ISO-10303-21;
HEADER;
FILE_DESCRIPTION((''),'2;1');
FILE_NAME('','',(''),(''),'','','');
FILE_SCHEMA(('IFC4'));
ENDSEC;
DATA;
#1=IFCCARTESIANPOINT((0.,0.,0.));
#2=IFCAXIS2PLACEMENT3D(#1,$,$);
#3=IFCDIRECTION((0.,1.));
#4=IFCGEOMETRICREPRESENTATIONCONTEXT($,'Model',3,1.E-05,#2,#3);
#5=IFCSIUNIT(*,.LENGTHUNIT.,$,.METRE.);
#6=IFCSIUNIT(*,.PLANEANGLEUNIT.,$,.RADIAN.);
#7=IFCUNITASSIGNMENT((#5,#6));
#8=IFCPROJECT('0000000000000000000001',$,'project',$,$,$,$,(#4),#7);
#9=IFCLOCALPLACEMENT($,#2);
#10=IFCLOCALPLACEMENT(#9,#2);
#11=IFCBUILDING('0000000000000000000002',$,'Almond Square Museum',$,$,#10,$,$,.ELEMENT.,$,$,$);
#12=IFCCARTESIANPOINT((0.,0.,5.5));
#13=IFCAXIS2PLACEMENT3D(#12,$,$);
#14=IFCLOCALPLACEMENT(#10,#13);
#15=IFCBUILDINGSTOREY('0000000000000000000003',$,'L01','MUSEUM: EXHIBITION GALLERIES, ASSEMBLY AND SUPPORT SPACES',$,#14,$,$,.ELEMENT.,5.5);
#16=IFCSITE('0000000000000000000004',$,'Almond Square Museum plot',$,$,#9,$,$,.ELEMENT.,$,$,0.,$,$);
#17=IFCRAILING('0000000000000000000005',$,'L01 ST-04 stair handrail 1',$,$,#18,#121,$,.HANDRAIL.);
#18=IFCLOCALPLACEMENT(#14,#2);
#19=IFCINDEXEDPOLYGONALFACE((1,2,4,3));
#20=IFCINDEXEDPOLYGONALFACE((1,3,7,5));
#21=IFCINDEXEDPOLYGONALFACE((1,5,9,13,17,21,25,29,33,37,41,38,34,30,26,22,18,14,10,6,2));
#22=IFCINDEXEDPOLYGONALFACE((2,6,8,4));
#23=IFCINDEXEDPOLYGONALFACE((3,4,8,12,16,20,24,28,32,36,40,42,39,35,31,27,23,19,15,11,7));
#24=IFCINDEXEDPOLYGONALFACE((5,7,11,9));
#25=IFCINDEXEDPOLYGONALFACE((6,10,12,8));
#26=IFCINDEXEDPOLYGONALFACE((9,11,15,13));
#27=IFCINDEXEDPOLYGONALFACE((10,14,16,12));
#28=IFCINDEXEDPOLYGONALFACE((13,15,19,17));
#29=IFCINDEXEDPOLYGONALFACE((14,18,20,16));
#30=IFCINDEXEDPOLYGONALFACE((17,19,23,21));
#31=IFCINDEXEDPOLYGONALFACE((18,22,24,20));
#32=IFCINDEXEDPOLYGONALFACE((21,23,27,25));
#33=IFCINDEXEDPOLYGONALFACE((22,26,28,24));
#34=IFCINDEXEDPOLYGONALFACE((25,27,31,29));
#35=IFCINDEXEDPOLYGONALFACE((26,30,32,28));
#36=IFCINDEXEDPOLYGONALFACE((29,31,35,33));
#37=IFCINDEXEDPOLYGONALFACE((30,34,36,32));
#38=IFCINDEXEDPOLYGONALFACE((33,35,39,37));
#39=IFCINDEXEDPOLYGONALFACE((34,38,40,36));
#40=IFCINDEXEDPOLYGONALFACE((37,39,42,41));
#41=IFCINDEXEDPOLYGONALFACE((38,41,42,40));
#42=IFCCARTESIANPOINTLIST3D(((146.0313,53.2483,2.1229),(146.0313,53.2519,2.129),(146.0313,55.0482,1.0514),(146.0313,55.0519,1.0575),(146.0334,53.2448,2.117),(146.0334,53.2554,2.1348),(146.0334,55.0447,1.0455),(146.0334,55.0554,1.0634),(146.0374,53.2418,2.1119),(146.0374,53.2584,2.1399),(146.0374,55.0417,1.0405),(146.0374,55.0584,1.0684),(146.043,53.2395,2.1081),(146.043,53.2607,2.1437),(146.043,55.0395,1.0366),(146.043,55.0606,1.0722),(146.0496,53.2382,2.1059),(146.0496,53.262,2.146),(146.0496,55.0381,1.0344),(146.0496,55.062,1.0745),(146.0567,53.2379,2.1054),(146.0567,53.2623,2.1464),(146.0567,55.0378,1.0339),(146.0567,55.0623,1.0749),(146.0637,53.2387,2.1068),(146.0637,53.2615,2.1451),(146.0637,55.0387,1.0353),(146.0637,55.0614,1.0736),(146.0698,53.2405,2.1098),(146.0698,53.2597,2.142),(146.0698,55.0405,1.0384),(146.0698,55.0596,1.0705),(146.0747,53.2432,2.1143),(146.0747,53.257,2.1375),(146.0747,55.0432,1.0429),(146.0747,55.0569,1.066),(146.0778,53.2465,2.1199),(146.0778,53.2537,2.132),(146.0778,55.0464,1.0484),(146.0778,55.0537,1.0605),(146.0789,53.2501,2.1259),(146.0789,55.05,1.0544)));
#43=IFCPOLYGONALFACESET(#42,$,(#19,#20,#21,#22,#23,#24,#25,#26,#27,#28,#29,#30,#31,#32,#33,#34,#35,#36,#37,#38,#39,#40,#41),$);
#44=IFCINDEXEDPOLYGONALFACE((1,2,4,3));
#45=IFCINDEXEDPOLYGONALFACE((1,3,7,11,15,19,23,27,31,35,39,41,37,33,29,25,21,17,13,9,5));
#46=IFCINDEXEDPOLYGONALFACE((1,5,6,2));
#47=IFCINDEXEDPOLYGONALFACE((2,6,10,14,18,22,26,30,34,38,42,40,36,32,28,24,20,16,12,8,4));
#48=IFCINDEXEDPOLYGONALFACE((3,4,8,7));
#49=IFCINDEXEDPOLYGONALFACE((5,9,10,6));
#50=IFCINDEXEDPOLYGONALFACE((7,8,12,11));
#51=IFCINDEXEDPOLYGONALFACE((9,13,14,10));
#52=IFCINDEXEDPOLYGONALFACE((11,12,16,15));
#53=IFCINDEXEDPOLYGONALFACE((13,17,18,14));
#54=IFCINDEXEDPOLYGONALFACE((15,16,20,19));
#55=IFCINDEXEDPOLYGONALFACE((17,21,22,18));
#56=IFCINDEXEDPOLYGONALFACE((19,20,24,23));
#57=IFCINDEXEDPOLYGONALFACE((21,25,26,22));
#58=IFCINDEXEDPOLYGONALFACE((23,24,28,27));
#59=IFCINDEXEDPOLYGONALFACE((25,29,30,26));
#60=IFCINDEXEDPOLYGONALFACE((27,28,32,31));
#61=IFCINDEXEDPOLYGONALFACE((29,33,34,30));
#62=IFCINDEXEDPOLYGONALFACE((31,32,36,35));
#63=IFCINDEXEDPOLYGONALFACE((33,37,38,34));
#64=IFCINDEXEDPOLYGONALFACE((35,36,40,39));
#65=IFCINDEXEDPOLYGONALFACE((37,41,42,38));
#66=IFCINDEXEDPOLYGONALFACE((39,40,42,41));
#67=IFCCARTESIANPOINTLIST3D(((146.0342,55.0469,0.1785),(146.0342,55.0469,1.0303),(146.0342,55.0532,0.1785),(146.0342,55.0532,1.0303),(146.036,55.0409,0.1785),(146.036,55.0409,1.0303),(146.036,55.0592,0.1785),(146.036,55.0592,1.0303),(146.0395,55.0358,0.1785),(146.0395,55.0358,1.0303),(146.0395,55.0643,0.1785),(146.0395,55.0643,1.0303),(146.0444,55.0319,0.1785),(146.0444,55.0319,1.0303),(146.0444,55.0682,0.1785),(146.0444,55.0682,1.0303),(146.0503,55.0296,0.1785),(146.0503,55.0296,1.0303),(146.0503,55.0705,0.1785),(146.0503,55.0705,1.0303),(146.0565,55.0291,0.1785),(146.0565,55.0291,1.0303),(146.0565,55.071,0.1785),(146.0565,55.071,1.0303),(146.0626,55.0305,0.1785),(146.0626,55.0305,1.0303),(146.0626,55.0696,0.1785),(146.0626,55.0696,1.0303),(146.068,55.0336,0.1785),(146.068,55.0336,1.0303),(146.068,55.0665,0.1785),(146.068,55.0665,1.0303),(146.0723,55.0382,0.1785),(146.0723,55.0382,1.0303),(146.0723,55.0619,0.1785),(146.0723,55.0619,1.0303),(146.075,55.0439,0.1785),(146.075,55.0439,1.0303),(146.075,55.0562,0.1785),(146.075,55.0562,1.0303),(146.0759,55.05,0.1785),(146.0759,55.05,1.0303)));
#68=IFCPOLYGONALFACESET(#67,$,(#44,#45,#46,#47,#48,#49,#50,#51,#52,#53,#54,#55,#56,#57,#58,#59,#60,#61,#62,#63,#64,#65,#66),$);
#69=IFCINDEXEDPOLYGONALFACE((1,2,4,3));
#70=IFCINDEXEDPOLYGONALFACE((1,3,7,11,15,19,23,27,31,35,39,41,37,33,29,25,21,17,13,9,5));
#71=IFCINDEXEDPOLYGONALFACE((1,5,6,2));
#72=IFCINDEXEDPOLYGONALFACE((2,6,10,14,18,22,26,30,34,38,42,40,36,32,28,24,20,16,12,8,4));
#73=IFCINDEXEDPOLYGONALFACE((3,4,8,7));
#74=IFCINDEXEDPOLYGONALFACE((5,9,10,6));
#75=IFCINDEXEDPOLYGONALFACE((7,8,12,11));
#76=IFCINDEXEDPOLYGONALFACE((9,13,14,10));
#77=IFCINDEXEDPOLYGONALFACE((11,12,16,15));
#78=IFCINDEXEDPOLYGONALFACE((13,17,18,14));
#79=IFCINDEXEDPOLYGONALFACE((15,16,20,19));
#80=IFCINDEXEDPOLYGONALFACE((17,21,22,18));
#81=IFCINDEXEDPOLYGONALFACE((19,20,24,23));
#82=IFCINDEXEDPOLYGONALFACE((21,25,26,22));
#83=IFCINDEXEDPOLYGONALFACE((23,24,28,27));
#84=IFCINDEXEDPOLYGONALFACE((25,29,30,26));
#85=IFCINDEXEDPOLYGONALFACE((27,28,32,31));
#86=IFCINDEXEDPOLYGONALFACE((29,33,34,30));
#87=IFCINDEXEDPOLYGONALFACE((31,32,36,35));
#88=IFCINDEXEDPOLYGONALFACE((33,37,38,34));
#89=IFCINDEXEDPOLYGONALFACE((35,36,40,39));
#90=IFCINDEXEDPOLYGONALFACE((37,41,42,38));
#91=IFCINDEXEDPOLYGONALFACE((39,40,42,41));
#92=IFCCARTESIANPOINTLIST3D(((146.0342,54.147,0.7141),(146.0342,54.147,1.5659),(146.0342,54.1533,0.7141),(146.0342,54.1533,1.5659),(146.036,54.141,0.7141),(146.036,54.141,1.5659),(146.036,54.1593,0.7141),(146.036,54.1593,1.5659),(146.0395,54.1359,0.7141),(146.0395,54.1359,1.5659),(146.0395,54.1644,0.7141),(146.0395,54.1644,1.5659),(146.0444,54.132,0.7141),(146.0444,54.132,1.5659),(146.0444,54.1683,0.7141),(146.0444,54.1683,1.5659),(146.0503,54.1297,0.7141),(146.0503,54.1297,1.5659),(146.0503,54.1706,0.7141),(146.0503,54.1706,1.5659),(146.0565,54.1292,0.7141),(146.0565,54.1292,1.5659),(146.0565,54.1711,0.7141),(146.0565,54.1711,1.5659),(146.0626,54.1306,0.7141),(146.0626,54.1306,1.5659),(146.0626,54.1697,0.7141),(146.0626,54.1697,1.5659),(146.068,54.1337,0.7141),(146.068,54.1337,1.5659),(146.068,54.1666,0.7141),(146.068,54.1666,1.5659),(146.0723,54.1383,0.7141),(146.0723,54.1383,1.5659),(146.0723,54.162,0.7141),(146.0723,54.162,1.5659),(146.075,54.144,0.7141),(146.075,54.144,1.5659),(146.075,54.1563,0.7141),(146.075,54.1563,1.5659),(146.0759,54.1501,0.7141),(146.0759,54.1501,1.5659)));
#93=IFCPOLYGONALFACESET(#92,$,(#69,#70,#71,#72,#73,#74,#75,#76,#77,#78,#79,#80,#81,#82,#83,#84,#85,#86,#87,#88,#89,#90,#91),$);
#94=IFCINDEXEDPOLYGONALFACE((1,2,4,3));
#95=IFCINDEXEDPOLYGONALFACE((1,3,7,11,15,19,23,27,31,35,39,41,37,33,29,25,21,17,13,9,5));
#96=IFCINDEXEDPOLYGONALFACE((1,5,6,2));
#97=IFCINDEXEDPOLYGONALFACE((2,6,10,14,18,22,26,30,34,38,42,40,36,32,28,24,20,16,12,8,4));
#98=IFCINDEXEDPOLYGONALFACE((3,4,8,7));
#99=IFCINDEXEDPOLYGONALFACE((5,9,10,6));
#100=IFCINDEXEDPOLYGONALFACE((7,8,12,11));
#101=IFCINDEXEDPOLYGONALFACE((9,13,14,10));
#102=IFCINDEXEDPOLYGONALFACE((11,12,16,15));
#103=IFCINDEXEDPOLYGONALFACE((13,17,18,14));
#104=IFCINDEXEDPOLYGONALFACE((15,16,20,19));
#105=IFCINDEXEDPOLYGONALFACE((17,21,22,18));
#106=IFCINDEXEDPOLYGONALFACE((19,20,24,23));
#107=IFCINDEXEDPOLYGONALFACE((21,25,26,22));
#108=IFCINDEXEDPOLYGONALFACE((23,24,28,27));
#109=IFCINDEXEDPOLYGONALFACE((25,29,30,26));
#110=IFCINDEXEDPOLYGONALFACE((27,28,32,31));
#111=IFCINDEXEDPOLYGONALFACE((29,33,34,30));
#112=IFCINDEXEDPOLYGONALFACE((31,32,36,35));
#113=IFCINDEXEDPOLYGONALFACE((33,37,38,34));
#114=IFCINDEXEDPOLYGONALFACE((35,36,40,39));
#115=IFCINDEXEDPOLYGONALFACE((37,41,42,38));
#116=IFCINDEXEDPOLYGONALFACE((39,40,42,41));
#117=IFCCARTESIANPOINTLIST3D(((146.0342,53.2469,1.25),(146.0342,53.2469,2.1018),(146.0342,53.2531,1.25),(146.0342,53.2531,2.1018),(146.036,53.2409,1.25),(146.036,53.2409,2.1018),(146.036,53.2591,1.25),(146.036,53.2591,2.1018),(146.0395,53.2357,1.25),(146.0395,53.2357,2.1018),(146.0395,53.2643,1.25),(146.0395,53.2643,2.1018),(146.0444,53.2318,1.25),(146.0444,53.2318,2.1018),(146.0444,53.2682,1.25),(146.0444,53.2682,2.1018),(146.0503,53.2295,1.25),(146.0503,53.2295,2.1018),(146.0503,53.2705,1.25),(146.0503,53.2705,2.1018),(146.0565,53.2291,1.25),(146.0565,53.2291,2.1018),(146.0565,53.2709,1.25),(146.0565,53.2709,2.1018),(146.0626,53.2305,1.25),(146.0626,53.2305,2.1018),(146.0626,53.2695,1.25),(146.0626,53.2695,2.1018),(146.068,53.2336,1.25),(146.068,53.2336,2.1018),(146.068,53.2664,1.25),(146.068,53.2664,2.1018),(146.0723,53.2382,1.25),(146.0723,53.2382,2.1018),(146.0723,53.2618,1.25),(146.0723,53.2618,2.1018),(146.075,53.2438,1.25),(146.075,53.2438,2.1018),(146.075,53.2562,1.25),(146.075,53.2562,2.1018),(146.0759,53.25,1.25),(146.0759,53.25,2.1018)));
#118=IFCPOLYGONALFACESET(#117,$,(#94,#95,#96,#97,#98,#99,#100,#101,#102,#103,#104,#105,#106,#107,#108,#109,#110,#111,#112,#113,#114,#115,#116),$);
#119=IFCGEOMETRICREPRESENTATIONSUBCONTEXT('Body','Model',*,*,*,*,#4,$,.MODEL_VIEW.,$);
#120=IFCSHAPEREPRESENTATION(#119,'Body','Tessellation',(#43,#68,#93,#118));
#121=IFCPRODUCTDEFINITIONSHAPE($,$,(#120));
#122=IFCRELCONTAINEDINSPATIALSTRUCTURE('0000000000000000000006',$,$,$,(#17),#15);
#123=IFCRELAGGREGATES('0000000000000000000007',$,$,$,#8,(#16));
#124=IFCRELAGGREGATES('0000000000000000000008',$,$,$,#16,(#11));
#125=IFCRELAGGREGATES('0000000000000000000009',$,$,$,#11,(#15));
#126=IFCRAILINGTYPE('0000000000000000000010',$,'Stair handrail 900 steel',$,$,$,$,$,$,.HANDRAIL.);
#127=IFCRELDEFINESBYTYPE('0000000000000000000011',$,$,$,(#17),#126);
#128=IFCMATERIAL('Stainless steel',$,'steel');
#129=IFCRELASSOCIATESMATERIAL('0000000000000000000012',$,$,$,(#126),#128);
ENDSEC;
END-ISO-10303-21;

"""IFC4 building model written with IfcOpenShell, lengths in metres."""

from ifc_helpers import new_model, si_unit, direction, frame, origin, origin_2d, place, context, subcontext, project, spatial, circle, extrude, material, type_object, element, save


model = new_model("IFC4")

# Units and contexts
model_context = context("Model", 3, precision=1e-05, world=origin(), true_north=direction((0.0, 1.0)))
body_context = subcontext(model_context, "Body", "Model", "MODEL_VIEW")
ifc_project = project(units=[si_unit("LENGTHUNIT", "METRE"), si_unit("PLANEANGLEUNIT", "RADIAN")], contexts=[model_context])

# Site, building, storey
site_placement = place(None, origin())
site = spatial("IfcSite", under=ifc_project, at=site_placement, Name="Almond Square Museum plot", CompositionType="ELEMENT", RefElevation=0.0)
building_placement = place(site_placement, origin())
building = spatial("IfcBuilding", under=site, at=building_placement, Name="Almond Square Museum", CompositionType="ELEMENT")
storey_placement = place(building_placement, frame((0.0, 0.0, 5.5)))
storey = spatial("IfcBuildingStorey", under=building, at=storey_placement, Name="L01", Description="MUSEUM: EXHIBITION GALLERIES, ASSEMBLY AND SUPPORT SPACES", CompositionType="ELEMENT", Elevation=5.5)

# Railing
ifc_material_1 = material(Name="Stainless steel", Category="steel")
railing_type_1 = type_object("IfcRailingType", Name="Stair handrail 900 steel", PredefinedType="HANDRAIL", material=ifc_material_1)
railing_1_placement = place(storey_placement, frame((146.0549, 55.05, 0.1785)))
element("IfcRailing", 1, at=railing_1_placement, inside=storey, type_object=railing_type_1, Name="L01 ST-04 stair handrail 1", PredefinedType="HANDRAIL", context=body_context, shape_type="SweptSolid", body=[
    extrude(circle(Radius=0.0239, at=origin_2d()), frame((0.0, 0.0, 0.876), z_axis=(0.0, -0.859277, 0.51151), x_axis=(1.0, 0.0, 0.0)), (0.0, 0.0, 1.0), 2.0947),
    extrude(circle(Radius=0.021, at=origin_2d()), origin(), (0.0, 0.0, 1.0), 0.8518),
    extrude(circle(Radius=0.021, at=origin_2d()), frame((0.0, -0.8999, 0.5356)), (0.0, 0.0, 1.0), 0.8518),
    extrude(circle(Radius=0.021, at=origin_2d()), frame((0.0, -1.8, 1.0715)), (0.0, 0.0, 1.0), 0.8518),
])

save(model, "model.ifc")
